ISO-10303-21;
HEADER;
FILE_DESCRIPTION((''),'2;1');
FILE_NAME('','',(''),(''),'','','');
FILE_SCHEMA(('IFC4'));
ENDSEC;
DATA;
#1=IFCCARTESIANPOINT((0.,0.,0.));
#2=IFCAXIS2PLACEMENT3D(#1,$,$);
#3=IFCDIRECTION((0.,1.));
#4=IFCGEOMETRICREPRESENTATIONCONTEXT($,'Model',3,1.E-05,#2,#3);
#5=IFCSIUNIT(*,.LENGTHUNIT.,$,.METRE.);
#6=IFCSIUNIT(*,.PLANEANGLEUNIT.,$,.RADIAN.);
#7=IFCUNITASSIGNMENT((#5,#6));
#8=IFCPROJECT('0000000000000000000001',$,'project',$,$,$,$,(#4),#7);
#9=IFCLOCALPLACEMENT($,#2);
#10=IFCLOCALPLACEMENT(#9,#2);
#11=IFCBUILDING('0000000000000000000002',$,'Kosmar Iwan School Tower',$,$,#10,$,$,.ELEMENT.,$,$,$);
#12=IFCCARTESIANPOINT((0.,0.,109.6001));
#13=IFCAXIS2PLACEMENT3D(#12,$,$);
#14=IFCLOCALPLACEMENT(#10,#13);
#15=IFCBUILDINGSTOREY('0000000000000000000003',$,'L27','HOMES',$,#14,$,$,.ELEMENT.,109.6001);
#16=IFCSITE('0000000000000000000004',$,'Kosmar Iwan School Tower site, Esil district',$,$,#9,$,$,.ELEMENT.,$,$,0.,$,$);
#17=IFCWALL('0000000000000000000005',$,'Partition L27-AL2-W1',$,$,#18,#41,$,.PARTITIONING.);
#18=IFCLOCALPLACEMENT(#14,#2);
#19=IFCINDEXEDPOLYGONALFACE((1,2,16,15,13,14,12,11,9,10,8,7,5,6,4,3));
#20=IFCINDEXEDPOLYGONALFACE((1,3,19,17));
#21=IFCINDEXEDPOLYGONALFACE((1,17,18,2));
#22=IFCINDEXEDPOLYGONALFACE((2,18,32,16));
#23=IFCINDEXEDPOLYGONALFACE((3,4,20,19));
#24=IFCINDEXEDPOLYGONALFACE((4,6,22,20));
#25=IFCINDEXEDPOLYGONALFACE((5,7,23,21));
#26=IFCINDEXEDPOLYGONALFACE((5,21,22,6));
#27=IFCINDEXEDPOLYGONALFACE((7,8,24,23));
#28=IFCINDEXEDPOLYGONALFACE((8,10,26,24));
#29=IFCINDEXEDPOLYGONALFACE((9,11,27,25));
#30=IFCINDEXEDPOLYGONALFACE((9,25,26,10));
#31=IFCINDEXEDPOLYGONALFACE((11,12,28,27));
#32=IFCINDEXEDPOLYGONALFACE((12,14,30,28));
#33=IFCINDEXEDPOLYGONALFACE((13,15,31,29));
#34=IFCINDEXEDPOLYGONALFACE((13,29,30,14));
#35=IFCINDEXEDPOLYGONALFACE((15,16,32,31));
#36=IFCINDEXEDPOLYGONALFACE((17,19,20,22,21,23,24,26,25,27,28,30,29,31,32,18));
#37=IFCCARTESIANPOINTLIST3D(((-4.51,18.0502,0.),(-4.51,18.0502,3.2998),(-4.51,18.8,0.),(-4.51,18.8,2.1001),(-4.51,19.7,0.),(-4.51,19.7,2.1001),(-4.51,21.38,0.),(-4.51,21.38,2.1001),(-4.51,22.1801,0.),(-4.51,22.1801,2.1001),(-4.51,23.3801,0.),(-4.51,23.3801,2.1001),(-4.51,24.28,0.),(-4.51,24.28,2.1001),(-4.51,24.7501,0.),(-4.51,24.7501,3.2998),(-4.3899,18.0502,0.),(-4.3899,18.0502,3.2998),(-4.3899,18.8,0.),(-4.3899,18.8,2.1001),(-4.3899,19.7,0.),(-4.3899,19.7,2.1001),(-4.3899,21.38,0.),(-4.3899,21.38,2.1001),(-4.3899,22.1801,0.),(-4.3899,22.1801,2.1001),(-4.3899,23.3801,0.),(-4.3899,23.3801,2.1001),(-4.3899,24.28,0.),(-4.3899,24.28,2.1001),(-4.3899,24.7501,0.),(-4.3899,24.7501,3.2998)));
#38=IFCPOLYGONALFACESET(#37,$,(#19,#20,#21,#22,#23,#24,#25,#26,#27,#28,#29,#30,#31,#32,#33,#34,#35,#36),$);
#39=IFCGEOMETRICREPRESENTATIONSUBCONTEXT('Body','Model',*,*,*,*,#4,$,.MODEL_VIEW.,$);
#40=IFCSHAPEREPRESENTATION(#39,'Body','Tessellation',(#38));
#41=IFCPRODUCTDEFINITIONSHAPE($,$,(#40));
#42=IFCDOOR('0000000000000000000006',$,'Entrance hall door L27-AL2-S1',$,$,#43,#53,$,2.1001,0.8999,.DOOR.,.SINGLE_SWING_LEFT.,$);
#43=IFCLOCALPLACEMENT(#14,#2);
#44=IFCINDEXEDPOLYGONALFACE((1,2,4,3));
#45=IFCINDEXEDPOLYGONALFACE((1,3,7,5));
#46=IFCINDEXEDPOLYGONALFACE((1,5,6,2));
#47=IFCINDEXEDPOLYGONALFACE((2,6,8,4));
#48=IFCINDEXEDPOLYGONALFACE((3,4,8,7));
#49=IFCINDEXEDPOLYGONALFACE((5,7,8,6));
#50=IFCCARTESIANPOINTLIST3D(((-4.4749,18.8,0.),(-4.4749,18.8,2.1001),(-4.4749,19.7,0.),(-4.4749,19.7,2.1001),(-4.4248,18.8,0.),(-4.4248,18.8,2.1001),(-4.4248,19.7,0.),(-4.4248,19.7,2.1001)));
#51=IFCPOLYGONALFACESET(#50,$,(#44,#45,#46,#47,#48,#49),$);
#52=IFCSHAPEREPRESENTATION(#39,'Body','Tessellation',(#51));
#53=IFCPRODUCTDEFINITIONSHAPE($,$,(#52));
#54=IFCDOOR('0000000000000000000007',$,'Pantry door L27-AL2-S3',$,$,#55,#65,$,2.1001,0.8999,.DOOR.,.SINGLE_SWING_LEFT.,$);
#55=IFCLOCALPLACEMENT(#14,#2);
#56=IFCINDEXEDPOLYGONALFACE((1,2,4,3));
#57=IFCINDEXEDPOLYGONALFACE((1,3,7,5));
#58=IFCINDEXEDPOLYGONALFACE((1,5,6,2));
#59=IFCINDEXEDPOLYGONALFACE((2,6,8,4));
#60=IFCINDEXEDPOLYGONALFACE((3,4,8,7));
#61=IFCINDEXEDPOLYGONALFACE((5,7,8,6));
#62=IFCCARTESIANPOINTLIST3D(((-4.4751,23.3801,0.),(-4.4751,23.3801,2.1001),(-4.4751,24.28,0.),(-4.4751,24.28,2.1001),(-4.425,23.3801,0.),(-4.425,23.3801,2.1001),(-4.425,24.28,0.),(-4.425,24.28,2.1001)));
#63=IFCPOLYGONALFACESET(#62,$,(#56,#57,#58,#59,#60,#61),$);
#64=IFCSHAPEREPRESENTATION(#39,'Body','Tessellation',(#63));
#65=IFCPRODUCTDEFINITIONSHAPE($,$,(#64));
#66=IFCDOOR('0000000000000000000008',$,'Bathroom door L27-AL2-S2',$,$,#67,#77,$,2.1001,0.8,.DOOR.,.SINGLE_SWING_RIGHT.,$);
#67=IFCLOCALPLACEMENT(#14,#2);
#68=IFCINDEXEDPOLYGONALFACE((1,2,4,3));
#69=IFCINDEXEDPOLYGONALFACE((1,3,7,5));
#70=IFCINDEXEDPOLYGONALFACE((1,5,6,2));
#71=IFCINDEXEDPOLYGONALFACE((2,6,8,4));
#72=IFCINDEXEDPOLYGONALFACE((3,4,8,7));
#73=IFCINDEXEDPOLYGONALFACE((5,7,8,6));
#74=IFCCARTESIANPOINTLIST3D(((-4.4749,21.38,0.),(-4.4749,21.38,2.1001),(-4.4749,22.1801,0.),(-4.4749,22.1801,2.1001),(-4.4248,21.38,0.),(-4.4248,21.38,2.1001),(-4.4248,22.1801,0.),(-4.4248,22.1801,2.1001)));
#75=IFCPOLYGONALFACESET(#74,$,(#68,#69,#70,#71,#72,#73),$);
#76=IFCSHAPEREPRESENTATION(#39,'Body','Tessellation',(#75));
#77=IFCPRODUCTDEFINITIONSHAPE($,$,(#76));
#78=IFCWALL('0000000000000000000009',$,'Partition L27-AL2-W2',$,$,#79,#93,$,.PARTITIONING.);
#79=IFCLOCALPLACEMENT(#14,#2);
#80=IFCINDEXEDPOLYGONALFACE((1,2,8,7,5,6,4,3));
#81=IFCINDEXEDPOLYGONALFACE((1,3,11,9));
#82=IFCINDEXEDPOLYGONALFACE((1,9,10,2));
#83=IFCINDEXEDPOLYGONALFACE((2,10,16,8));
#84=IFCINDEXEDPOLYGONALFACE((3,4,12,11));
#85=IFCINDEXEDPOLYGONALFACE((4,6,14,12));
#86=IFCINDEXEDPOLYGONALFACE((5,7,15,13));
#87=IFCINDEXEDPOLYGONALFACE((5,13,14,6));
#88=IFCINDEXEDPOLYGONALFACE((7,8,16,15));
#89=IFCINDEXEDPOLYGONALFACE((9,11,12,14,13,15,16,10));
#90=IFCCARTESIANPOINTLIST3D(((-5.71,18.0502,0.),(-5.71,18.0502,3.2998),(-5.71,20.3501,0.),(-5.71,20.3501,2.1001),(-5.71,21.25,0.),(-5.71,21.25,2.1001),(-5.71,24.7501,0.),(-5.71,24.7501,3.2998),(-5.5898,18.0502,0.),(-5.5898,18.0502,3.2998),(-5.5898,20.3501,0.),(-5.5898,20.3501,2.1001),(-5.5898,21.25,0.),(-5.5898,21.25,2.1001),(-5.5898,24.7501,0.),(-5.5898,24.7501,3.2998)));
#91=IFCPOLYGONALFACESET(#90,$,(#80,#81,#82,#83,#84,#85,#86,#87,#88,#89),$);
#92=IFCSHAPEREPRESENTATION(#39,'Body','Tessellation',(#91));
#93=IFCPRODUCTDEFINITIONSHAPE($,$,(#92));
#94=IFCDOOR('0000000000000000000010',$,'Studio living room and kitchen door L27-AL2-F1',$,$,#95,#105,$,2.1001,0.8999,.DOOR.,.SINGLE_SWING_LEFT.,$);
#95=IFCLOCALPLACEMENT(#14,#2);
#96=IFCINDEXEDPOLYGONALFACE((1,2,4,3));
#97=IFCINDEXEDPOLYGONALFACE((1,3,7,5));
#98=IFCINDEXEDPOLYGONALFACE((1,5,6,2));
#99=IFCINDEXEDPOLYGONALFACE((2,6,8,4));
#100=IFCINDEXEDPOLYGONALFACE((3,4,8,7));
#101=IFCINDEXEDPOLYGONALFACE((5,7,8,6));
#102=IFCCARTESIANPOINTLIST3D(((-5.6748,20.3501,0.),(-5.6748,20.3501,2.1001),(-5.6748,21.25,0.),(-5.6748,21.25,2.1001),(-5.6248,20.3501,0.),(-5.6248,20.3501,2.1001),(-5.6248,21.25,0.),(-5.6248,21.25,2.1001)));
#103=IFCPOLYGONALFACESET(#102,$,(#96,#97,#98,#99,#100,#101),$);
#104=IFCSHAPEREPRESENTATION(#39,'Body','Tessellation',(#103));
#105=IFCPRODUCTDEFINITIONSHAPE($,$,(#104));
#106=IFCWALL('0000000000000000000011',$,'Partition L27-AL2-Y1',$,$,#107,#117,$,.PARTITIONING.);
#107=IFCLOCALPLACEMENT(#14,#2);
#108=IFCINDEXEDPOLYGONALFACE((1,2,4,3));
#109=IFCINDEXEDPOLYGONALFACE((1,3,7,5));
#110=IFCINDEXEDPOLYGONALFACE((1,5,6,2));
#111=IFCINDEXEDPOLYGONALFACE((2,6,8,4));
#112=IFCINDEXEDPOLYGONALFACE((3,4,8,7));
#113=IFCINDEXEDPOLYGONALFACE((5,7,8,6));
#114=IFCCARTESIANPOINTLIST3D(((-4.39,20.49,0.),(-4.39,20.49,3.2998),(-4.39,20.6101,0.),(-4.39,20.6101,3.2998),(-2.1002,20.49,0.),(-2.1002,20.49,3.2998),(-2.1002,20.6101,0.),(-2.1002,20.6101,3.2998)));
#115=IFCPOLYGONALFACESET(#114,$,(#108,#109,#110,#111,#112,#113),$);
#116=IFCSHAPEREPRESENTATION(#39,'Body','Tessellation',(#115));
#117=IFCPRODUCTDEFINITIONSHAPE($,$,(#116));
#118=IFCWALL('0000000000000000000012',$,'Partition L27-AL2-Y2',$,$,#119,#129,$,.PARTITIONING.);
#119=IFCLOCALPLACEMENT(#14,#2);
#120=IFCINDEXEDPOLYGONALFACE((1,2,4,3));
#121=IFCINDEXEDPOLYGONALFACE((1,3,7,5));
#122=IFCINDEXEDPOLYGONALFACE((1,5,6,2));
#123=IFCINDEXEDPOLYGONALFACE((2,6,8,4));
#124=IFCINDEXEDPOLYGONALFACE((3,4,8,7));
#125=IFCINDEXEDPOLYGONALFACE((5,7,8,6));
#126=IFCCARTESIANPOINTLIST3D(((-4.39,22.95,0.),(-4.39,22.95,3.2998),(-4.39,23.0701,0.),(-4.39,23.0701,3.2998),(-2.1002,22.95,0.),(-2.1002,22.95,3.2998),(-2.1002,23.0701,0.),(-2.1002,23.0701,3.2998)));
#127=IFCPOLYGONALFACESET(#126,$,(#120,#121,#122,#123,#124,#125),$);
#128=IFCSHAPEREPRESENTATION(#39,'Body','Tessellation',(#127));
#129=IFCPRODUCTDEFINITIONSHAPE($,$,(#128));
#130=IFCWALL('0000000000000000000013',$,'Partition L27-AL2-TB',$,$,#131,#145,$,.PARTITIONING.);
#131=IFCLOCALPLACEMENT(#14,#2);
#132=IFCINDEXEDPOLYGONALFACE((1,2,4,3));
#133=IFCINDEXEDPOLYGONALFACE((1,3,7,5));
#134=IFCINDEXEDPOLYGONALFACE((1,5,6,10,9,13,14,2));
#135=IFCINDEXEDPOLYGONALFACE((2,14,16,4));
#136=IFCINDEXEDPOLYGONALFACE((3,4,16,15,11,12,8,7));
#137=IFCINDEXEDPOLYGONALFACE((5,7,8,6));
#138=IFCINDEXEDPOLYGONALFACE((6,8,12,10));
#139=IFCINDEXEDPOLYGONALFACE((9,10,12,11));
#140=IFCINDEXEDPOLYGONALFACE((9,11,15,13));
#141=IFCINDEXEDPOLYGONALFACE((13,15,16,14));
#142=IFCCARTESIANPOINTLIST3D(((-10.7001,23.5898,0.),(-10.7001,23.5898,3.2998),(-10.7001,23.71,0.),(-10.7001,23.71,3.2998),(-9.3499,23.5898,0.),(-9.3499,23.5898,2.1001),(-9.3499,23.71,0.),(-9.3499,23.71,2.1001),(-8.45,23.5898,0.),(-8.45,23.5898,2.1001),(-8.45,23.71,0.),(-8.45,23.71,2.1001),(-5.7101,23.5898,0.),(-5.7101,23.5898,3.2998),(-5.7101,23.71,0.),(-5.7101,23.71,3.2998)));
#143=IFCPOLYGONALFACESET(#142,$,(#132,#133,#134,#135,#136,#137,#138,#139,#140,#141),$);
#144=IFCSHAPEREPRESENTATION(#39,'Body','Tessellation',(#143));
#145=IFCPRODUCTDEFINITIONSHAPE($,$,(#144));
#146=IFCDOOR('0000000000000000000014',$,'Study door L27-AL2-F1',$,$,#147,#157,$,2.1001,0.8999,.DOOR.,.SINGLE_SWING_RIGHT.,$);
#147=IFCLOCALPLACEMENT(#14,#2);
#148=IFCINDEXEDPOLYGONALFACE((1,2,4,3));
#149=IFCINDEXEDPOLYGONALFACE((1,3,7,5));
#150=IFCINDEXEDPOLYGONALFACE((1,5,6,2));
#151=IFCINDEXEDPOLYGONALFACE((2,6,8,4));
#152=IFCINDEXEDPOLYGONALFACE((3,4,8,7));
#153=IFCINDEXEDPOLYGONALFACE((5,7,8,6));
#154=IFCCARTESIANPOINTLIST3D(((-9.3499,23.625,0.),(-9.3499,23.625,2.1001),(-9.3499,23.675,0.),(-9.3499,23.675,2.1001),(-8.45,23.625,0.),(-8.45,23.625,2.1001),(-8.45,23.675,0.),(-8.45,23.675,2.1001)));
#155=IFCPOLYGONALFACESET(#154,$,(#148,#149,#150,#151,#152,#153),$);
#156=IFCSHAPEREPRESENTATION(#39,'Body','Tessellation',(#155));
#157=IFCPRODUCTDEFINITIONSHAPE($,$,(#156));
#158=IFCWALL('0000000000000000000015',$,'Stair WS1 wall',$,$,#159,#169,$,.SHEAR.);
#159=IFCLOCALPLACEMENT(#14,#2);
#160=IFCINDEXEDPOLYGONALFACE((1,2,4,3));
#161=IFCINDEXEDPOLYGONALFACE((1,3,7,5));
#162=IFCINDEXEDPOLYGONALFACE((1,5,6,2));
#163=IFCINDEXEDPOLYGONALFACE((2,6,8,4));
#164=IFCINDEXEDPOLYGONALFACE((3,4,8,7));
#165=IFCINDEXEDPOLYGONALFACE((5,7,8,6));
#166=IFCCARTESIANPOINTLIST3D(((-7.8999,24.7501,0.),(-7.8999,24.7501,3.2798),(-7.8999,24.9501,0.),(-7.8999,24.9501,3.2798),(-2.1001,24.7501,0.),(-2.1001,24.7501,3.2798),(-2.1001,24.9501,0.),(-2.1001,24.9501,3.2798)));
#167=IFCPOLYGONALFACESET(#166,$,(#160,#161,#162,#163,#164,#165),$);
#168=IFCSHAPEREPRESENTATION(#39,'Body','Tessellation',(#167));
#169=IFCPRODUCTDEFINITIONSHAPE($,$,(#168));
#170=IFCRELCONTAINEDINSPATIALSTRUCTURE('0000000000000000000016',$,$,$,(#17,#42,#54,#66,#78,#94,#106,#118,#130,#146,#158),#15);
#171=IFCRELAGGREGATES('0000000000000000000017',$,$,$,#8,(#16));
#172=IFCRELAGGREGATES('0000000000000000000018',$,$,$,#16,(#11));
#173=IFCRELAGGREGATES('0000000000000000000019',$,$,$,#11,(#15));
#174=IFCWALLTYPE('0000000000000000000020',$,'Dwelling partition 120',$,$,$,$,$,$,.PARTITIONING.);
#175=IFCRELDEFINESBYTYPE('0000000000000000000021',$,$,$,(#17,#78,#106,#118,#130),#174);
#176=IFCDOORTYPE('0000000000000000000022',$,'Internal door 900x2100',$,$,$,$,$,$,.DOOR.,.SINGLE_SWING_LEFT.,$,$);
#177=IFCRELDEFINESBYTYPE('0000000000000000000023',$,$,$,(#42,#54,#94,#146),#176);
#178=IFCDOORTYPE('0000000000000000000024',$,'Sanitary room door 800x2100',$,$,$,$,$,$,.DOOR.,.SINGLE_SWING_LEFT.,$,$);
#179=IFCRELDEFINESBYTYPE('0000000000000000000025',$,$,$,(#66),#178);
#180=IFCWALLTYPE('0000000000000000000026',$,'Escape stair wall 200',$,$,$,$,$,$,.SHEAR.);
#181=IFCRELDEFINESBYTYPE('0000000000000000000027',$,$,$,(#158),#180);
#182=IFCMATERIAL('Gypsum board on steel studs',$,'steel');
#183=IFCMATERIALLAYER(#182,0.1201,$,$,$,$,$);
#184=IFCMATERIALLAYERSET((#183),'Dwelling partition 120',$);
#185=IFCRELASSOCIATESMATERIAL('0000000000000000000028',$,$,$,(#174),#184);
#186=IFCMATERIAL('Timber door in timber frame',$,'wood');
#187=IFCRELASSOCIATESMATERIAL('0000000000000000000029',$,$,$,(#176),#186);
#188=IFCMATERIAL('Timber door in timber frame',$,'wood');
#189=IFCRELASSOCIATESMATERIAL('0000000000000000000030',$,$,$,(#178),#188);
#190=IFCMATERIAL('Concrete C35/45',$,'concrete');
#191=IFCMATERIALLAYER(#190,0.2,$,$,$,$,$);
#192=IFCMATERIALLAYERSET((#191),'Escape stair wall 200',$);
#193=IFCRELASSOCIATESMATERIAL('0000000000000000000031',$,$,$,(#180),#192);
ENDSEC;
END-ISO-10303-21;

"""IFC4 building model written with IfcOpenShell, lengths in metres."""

from ifc_helpers import new_model, si_unit, direction, frame, frame_2d, origin, place, context, subcontext, project, spatial, rectangle, extrude, material, layer, layer_set, type_object, element, fill, save


model = new_model("IFC4")

# Units and contexts
model_context = context("Model", 3, precision=1e-05, world=origin(), true_north=direction((0.0, 1.0)))
body_context = subcontext(model_context, "Body", "Model", "MODEL_VIEW")
ifc_project = project(units=[si_unit("LENGTHUNIT", "METRE"), si_unit("PLANEANGLEUNIT", "RADIAN")], contexts=[model_context])

# Site, building, storey
site_placement = place(None, origin())
site = spatial("IfcSite", under=ifc_project, at=site_placement, Name="Kosmar Iwan School Tower site, Esil district", CompositionType="ELEMENT", RefElevation=0.0)
building_placement = place(site_placement, origin())
building = spatial("IfcBuilding", under=site, at=building_placement, Name="Kosmar Iwan School Tower", CompositionType="ELEMENT")
storey_placement = place(building_placement, frame((0.0, 0.0, 109.6001)))
storey = spatial("IfcBuildingStorey", under=building, at=storey_placement, Name="L27", Description="HOMES", CompositionType="ELEMENT", Elevation=109.6001)

# Wall, openings, doors
ifc_material_1 = material(Name="Gypsum board on steel studs", Category="steel")
ifc_layer_1 = layer(ifc_material_1, 0.1201)
ifc_layer_set_1 = layer_set([ifc_layer_1], Name="Dwelling partition 120")
wall_type_1 = type_object("IfcWallType", Name="Dwelling partition 120", PredefinedType="PARTITIONING", material=ifc_layer_set_1)
wall_1_placement = place(storey_placement, frame((-4.45, 18.05, 0.0), z_axis=(0.0, 0.0, 1.0), x_axis=(0.0, 1.0, 0.0)))
wall_1 = element("IfcWall", 1, at=wall_1_placement, inside=storey, type_object=wall_type_1, Name="Partition L27-AL2-W1", PredefinedType="PARTITIONING", context=body_context, shape_type="SweptSolid", body=[
    extrude(rectangle(XDim=6.7, YDim=0.1201, at=frame_2d((3.3501, 0.0))), origin(), (0.0, 0.0, 1.0), 3.2998),
])
opening_1_placement = place(wall_1_placement, frame((0.75, 0.0, 0.0)))
opening_1 = element("IfcOpeningElement", 2, at=opening_1_placement, cuts=wall_1, PredefinedType="OPENING", context=body_context, shape_type="SweptSolid", body=[
    extrude(rectangle(XDim=0.8999, YDim=2.1001, at=frame_2d((0.45, 1.05))), frame((0.0, 0.072, 0.0), z_axis=(0.0, -1.0, 0.0), x_axis=(1.0, 0.0, 0.0)), (0.0, 0.0, 1.0), 0.144),
])
opening_2_placement = place(wall_1_placement, frame((3.3301, 0.0, 0.0)))
opening_2 = element("IfcOpeningElement", 3, at=opening_2_placement, cuts=wall_1, PredefinedType="OPENING", context=body_context, shape_type="SweptSolid", body=[
    extrude(rectangle(XDim=0.8, YDim=2.1001, at=frame_2d((0.3999, 1.05))), frame((0.0, 0.072, 0.0), z_axis=(0.0, -1.0, 0.0), x_axis=(1.0, 0.0, 0.0)), (0.0, 0.0, 1.0), 0.144),
])
opening_3_placement = place(wall_1_placement, frame((5.3301, 0.0, 0.0)))
opening_3 = element("IfcOpeningElement", 4, at=opening_3_placement, cuts=wall_1, PredefinedType="OPENING", context=body_context, shape_type="SweptSolid", body=[
    extrude(rectangle(XDim=0.8999, YDim=2.1001, at=frame_2d((0.45, 1.05))), frame((0.0, 0.072, 0.0), z_axis=(0.0, -1.0, 0.0), x_axis=(1.0, 0.0, 0.0)), (0.0, 0.0, 1.0), 0.144),
])
ifc_material_2 = material(Name="Timber door in timber frame", Category="wood")
door_type_1 = type_object("IfcDoorType", Name="Internal door 900x2100", OperationType="SINGLE_SWING_LEFT", PredefinedType="DOOR", material=ifc_material_2)
door_1_placement = place(opening_1_placement, origin())
door_1 = element("IfcDoor", 5, at=door_1_placement, inside=storey, type_object=door_type_1, Name="Entrance hall door L27-AL2-S1", OperationType="SINGLE_SWING_LEFT", OverallHeight=2.1001, OverallWidth=0.8999, PredefinedType="DOOR", context=body_context, shape_type="SweptSolid", body=[
    extrude(rectangle(XDim=0.8999, YDim=2.1001, at=frame_2d((0.45, 1.05))), frame((0.0, 0.0249, 0.0), z_axis=(0.0, -1.0, 0.0), x_axis=(1.0, 0.0, 0.0)), (0.0, 0.0, 1.0), 0.05),
])
fill(opening_1, door_1)
door_2_placement = place(opening_3_placement, frame((0.8999, 0.0, 0.0), z_axis=(0.0, 0.0, 1.0), x_axis=(-1.0, 0.0, 0.0)))
door_2 = element("IfcDoor", 6, at=door_2_placement, inside=storey, type_object=door_type_1, Name="Pantry door L27-AL2-S3", OperationType="SINGLE_SWING_LEFT", OverallHeight=2.1001, OverallWidth=0.8999, PredefinedType="DOOR", context=body_context, shape_type="SweptSolid", body=[
    extrude(rectangle(XDim=0.8999, YDim=2.1001, at=frame_2d((0.45, 1.05))), frame((0.0, 0.0249, 0.0), z_axis=(0.0, -1.0, 0.0), x_axis=(1.0, 0.0, 0.0)), (0.0, 0.0, 1.0), 0.05),
])
fill(opening_3, door_2)
ifc_material_3 = material(Name="Timber door in timber frame", Category="wood")
door_type_2 = type_object("IfcDoorType", Name="Sanitary room door 800x2100", OperationType="SINGLE_SWING_LEFT", PredefinedType="DOOR", material=ifc_material_3)
door_3_placement = place(opening_2_placement, origin())
door_3 = element("IfcDoor", 7, at=door_3_placement, inside=storey, type_object=door_type_2, Name="Bathroom door L27-AL2-S2", OperationType="SINGLE_SWING_RIGHT", OverallHeight=2.1001, OverallWidth=0.8, PredefinedType="DOOR", context=body_context, shape_type="SweptSolid", body=[
    extrude(rectangle(XDim=0.8, YDim=2.1001, at=frame_2d((0.3999, 1.05))), frame((0.0, 0.0249, 0.0), z_axis=(0.0, -1.0, 0.0), x_axis=(1.0, 0.0, 0.0)), (0.0, 0.0, 1.0), 0.05),
])
fill(opening_2, door_3)

# Wall, opening, door
wall_2_placement = place(storey_placement, frame((-5.6499, 18.05, 0.0), z_axis=(0.0, 0.0, 1.0), x_axis=(0.0, 1.0, 0.0)))
wall_2 = element("IfcWall", 8, at=wall_2_placement, inside=storey, type_object=wall_type_1, Name="Partition L27-AL2-W2", PredefinedType="PARTITIONING", context=body_context, shape_type="SweptSolid", body=[
    extrude(rectangle(XDim=6.7, YDim=0.1201, at=frame_2d((3.3501, 0.0))), origin(), (0.0, 0.0, 1.0), 3.2998),
])
opening_4_placement = place(wall_2_placement, frame((2.3, 0.0, 0.0)))
opening_4 = element("IfcOpeningElement", 9, at=opening_4_placement, cuts=wall_2, PredefinedType="OPENING", context=body_context, shape_type="SweptSolid", body=[
    extrude(rectangle(XDim=0.8999, YDim=2.1001, at=frame_2d((0.45, 1.05))), frame((0.0, 0.072, 0.0), z_axis=(0.0, -1.0, 0.0), x_axis=(1.0, 0.0, 0.0)), (0.0, 0.0, 1.0), 0.144),
])
door_4_placement = place(opening_4_placement, origin())
door_4 = element("IfcDoor", 10, at=door_4_placement, inside=storey, type_object=door_type_1, Name="Studio living room and kitchen door L27-AL2-F1", OperationType="SINGLE_SWING_LEFT", OverallHeight=2.1001, OverallWidth=0.8999, PredefinedType="DOOR", context=body_context, shape_type="SweptSolid", body=[
    extrude(rectangle(XDim=0.8999, YDim=2.1001, at=frame_2d((0.45, 1.05))), frame((0.0, 0.0249, 0.0), z_axis=(0.0, -1.0, 0.0), x_axis=(1.0, 0.0, 0.0)), (0.0, 0.0, 1.0), 0.05),
])
fill(opening_4, door_4)

# Walls
for number, where, z_axis, x_axis, name in (
    (11, (-2.1001, 20.55, 0.0), (0.0, 0.0, 1.0), (-1.0, 0.0, 0.0), "Partition L27-AL2-Y1"),
    (12, (-2.1001, 23.01, 0.0), (0.0, 0.0, 1.0), (-1.0, 0.0, 0.0), "Partition L27-AL2-Y2"),
):
    element("IfcWall", number, at=place(storey_placement, frame(where, z_axis=z_axis, x_axis=x_axis)), inside=storey, type_object=wall_type_1, Name=name, PredefinedType="PARTITIONING", context=body_context, shape_type="SweptSolid", body=[
        extrude(rectangle(XDim=2.2898, YDim=0.1201, at=frame_2d((1.145, 0.0))), origin(), (0.0, 0.0, 1.0), 3.2998),
    ])

# Wall, opening, door
wall_3_placement = place(storey_placement, frame((-5.71, 23.6499, 0.0), z_axis=(0.0, 0.0, 1.0), x_axis=(-1.0, 0.0, 0.0)))
wall_3 = element("IfcWall", 13, at=wall_3_placement, inside=storey, type_object=wall_type_1, Name="Partition L27-AL2-TB", PredefinedType="PARTITIONING", context=body_context, shape_type="SweptSolid", body=[
    extrude(rectangle(XDim=4.99, YDim=0.1201, at=frame_2d((2.4951, 0.0))), origin(), (0.0, 0.0, 1.0), 3.2998),
])
opening_5_placement = place(wall_3_placement, frame((2.74, 0.0, 0.0)))
opening_5 = element("IfcOpeningElement", 14, at=opening_5_placement, cuts=wall_3, PredefinedType="OPENING", context=body_context, shape_type="SweptSolid", body=[
    extrude(rectangle(XDim=0.8999, YDim=2.1001, at=frame_2d((0.45, 1.05))), frame((0.0, 0.072, 0.0), z_axis=(0.0, -1.0, 0.0), x_axis=(1.0, 0.0, 0.0)), (0.0, 0.0, 1.0), 0.144),
])
door_5_placement = place(opening_5_placement, origin())
door_5 = element("IfcDoor", 15, at=door_5_placement, inside=storey, type_object=door_type_1, Name="Study door L27-AL2-F1", OperationType="SINGLE_SWING_RIGHT", OverallHeight=2.1001, OverallWidth=0.8999, PredefinedType="DOOR", context=body_context, shape_type="SweptSolid", body=[
    extrude(rectangle(XDim=0.8999, YDim=2.1001, at=frame_2d((0.45, 1.05))), frame((0.0, 0.0249, 0.0), z_axis=(0.0, -1.0, 0.0), x_axis=(1.0, 0.0, 0.0)), (0.0, 0.0, 1.0), 0.05),
])
fill(opening_5, door_5)

# Wall
ifc_material_4 = material(Name="Concrete C35/45", Category="concrete")
ifc_layer_2 = layer(ifc_material_4, 0.2)
ifc_layer_set_2 = layer_set([ifc_layer_2], Name="Escape stair wall 200")
wall_type_2 = type_object("IfcWallType", Name="Escape stair wall 200", PredefinedType="SHEAR", material=ifc_layer_set_2)
wall_4_placement = place(storey_placement, frame((-2.1001, 24.8501, 0.0), z_axis=(0.0, 0.0, 1.0), x_axis=(-1.0, 0.0, 0.0)))
element("IfcWall", 16, at=wall_4_placement, inside=storey, type_object=wall_type_2, Name="Stair WS1 wall", PredefinedType="SHEAR", context=body_context, shape_type="SweptSolid", body=[
    extrude(rectangle(XDim=5.7998, YDim=0.2, at=frame_2d((2.8999, 0.0))), origin(), (0.0, 0.0, 1.0), 3.2798),
])

save(model, "model.ifc")
